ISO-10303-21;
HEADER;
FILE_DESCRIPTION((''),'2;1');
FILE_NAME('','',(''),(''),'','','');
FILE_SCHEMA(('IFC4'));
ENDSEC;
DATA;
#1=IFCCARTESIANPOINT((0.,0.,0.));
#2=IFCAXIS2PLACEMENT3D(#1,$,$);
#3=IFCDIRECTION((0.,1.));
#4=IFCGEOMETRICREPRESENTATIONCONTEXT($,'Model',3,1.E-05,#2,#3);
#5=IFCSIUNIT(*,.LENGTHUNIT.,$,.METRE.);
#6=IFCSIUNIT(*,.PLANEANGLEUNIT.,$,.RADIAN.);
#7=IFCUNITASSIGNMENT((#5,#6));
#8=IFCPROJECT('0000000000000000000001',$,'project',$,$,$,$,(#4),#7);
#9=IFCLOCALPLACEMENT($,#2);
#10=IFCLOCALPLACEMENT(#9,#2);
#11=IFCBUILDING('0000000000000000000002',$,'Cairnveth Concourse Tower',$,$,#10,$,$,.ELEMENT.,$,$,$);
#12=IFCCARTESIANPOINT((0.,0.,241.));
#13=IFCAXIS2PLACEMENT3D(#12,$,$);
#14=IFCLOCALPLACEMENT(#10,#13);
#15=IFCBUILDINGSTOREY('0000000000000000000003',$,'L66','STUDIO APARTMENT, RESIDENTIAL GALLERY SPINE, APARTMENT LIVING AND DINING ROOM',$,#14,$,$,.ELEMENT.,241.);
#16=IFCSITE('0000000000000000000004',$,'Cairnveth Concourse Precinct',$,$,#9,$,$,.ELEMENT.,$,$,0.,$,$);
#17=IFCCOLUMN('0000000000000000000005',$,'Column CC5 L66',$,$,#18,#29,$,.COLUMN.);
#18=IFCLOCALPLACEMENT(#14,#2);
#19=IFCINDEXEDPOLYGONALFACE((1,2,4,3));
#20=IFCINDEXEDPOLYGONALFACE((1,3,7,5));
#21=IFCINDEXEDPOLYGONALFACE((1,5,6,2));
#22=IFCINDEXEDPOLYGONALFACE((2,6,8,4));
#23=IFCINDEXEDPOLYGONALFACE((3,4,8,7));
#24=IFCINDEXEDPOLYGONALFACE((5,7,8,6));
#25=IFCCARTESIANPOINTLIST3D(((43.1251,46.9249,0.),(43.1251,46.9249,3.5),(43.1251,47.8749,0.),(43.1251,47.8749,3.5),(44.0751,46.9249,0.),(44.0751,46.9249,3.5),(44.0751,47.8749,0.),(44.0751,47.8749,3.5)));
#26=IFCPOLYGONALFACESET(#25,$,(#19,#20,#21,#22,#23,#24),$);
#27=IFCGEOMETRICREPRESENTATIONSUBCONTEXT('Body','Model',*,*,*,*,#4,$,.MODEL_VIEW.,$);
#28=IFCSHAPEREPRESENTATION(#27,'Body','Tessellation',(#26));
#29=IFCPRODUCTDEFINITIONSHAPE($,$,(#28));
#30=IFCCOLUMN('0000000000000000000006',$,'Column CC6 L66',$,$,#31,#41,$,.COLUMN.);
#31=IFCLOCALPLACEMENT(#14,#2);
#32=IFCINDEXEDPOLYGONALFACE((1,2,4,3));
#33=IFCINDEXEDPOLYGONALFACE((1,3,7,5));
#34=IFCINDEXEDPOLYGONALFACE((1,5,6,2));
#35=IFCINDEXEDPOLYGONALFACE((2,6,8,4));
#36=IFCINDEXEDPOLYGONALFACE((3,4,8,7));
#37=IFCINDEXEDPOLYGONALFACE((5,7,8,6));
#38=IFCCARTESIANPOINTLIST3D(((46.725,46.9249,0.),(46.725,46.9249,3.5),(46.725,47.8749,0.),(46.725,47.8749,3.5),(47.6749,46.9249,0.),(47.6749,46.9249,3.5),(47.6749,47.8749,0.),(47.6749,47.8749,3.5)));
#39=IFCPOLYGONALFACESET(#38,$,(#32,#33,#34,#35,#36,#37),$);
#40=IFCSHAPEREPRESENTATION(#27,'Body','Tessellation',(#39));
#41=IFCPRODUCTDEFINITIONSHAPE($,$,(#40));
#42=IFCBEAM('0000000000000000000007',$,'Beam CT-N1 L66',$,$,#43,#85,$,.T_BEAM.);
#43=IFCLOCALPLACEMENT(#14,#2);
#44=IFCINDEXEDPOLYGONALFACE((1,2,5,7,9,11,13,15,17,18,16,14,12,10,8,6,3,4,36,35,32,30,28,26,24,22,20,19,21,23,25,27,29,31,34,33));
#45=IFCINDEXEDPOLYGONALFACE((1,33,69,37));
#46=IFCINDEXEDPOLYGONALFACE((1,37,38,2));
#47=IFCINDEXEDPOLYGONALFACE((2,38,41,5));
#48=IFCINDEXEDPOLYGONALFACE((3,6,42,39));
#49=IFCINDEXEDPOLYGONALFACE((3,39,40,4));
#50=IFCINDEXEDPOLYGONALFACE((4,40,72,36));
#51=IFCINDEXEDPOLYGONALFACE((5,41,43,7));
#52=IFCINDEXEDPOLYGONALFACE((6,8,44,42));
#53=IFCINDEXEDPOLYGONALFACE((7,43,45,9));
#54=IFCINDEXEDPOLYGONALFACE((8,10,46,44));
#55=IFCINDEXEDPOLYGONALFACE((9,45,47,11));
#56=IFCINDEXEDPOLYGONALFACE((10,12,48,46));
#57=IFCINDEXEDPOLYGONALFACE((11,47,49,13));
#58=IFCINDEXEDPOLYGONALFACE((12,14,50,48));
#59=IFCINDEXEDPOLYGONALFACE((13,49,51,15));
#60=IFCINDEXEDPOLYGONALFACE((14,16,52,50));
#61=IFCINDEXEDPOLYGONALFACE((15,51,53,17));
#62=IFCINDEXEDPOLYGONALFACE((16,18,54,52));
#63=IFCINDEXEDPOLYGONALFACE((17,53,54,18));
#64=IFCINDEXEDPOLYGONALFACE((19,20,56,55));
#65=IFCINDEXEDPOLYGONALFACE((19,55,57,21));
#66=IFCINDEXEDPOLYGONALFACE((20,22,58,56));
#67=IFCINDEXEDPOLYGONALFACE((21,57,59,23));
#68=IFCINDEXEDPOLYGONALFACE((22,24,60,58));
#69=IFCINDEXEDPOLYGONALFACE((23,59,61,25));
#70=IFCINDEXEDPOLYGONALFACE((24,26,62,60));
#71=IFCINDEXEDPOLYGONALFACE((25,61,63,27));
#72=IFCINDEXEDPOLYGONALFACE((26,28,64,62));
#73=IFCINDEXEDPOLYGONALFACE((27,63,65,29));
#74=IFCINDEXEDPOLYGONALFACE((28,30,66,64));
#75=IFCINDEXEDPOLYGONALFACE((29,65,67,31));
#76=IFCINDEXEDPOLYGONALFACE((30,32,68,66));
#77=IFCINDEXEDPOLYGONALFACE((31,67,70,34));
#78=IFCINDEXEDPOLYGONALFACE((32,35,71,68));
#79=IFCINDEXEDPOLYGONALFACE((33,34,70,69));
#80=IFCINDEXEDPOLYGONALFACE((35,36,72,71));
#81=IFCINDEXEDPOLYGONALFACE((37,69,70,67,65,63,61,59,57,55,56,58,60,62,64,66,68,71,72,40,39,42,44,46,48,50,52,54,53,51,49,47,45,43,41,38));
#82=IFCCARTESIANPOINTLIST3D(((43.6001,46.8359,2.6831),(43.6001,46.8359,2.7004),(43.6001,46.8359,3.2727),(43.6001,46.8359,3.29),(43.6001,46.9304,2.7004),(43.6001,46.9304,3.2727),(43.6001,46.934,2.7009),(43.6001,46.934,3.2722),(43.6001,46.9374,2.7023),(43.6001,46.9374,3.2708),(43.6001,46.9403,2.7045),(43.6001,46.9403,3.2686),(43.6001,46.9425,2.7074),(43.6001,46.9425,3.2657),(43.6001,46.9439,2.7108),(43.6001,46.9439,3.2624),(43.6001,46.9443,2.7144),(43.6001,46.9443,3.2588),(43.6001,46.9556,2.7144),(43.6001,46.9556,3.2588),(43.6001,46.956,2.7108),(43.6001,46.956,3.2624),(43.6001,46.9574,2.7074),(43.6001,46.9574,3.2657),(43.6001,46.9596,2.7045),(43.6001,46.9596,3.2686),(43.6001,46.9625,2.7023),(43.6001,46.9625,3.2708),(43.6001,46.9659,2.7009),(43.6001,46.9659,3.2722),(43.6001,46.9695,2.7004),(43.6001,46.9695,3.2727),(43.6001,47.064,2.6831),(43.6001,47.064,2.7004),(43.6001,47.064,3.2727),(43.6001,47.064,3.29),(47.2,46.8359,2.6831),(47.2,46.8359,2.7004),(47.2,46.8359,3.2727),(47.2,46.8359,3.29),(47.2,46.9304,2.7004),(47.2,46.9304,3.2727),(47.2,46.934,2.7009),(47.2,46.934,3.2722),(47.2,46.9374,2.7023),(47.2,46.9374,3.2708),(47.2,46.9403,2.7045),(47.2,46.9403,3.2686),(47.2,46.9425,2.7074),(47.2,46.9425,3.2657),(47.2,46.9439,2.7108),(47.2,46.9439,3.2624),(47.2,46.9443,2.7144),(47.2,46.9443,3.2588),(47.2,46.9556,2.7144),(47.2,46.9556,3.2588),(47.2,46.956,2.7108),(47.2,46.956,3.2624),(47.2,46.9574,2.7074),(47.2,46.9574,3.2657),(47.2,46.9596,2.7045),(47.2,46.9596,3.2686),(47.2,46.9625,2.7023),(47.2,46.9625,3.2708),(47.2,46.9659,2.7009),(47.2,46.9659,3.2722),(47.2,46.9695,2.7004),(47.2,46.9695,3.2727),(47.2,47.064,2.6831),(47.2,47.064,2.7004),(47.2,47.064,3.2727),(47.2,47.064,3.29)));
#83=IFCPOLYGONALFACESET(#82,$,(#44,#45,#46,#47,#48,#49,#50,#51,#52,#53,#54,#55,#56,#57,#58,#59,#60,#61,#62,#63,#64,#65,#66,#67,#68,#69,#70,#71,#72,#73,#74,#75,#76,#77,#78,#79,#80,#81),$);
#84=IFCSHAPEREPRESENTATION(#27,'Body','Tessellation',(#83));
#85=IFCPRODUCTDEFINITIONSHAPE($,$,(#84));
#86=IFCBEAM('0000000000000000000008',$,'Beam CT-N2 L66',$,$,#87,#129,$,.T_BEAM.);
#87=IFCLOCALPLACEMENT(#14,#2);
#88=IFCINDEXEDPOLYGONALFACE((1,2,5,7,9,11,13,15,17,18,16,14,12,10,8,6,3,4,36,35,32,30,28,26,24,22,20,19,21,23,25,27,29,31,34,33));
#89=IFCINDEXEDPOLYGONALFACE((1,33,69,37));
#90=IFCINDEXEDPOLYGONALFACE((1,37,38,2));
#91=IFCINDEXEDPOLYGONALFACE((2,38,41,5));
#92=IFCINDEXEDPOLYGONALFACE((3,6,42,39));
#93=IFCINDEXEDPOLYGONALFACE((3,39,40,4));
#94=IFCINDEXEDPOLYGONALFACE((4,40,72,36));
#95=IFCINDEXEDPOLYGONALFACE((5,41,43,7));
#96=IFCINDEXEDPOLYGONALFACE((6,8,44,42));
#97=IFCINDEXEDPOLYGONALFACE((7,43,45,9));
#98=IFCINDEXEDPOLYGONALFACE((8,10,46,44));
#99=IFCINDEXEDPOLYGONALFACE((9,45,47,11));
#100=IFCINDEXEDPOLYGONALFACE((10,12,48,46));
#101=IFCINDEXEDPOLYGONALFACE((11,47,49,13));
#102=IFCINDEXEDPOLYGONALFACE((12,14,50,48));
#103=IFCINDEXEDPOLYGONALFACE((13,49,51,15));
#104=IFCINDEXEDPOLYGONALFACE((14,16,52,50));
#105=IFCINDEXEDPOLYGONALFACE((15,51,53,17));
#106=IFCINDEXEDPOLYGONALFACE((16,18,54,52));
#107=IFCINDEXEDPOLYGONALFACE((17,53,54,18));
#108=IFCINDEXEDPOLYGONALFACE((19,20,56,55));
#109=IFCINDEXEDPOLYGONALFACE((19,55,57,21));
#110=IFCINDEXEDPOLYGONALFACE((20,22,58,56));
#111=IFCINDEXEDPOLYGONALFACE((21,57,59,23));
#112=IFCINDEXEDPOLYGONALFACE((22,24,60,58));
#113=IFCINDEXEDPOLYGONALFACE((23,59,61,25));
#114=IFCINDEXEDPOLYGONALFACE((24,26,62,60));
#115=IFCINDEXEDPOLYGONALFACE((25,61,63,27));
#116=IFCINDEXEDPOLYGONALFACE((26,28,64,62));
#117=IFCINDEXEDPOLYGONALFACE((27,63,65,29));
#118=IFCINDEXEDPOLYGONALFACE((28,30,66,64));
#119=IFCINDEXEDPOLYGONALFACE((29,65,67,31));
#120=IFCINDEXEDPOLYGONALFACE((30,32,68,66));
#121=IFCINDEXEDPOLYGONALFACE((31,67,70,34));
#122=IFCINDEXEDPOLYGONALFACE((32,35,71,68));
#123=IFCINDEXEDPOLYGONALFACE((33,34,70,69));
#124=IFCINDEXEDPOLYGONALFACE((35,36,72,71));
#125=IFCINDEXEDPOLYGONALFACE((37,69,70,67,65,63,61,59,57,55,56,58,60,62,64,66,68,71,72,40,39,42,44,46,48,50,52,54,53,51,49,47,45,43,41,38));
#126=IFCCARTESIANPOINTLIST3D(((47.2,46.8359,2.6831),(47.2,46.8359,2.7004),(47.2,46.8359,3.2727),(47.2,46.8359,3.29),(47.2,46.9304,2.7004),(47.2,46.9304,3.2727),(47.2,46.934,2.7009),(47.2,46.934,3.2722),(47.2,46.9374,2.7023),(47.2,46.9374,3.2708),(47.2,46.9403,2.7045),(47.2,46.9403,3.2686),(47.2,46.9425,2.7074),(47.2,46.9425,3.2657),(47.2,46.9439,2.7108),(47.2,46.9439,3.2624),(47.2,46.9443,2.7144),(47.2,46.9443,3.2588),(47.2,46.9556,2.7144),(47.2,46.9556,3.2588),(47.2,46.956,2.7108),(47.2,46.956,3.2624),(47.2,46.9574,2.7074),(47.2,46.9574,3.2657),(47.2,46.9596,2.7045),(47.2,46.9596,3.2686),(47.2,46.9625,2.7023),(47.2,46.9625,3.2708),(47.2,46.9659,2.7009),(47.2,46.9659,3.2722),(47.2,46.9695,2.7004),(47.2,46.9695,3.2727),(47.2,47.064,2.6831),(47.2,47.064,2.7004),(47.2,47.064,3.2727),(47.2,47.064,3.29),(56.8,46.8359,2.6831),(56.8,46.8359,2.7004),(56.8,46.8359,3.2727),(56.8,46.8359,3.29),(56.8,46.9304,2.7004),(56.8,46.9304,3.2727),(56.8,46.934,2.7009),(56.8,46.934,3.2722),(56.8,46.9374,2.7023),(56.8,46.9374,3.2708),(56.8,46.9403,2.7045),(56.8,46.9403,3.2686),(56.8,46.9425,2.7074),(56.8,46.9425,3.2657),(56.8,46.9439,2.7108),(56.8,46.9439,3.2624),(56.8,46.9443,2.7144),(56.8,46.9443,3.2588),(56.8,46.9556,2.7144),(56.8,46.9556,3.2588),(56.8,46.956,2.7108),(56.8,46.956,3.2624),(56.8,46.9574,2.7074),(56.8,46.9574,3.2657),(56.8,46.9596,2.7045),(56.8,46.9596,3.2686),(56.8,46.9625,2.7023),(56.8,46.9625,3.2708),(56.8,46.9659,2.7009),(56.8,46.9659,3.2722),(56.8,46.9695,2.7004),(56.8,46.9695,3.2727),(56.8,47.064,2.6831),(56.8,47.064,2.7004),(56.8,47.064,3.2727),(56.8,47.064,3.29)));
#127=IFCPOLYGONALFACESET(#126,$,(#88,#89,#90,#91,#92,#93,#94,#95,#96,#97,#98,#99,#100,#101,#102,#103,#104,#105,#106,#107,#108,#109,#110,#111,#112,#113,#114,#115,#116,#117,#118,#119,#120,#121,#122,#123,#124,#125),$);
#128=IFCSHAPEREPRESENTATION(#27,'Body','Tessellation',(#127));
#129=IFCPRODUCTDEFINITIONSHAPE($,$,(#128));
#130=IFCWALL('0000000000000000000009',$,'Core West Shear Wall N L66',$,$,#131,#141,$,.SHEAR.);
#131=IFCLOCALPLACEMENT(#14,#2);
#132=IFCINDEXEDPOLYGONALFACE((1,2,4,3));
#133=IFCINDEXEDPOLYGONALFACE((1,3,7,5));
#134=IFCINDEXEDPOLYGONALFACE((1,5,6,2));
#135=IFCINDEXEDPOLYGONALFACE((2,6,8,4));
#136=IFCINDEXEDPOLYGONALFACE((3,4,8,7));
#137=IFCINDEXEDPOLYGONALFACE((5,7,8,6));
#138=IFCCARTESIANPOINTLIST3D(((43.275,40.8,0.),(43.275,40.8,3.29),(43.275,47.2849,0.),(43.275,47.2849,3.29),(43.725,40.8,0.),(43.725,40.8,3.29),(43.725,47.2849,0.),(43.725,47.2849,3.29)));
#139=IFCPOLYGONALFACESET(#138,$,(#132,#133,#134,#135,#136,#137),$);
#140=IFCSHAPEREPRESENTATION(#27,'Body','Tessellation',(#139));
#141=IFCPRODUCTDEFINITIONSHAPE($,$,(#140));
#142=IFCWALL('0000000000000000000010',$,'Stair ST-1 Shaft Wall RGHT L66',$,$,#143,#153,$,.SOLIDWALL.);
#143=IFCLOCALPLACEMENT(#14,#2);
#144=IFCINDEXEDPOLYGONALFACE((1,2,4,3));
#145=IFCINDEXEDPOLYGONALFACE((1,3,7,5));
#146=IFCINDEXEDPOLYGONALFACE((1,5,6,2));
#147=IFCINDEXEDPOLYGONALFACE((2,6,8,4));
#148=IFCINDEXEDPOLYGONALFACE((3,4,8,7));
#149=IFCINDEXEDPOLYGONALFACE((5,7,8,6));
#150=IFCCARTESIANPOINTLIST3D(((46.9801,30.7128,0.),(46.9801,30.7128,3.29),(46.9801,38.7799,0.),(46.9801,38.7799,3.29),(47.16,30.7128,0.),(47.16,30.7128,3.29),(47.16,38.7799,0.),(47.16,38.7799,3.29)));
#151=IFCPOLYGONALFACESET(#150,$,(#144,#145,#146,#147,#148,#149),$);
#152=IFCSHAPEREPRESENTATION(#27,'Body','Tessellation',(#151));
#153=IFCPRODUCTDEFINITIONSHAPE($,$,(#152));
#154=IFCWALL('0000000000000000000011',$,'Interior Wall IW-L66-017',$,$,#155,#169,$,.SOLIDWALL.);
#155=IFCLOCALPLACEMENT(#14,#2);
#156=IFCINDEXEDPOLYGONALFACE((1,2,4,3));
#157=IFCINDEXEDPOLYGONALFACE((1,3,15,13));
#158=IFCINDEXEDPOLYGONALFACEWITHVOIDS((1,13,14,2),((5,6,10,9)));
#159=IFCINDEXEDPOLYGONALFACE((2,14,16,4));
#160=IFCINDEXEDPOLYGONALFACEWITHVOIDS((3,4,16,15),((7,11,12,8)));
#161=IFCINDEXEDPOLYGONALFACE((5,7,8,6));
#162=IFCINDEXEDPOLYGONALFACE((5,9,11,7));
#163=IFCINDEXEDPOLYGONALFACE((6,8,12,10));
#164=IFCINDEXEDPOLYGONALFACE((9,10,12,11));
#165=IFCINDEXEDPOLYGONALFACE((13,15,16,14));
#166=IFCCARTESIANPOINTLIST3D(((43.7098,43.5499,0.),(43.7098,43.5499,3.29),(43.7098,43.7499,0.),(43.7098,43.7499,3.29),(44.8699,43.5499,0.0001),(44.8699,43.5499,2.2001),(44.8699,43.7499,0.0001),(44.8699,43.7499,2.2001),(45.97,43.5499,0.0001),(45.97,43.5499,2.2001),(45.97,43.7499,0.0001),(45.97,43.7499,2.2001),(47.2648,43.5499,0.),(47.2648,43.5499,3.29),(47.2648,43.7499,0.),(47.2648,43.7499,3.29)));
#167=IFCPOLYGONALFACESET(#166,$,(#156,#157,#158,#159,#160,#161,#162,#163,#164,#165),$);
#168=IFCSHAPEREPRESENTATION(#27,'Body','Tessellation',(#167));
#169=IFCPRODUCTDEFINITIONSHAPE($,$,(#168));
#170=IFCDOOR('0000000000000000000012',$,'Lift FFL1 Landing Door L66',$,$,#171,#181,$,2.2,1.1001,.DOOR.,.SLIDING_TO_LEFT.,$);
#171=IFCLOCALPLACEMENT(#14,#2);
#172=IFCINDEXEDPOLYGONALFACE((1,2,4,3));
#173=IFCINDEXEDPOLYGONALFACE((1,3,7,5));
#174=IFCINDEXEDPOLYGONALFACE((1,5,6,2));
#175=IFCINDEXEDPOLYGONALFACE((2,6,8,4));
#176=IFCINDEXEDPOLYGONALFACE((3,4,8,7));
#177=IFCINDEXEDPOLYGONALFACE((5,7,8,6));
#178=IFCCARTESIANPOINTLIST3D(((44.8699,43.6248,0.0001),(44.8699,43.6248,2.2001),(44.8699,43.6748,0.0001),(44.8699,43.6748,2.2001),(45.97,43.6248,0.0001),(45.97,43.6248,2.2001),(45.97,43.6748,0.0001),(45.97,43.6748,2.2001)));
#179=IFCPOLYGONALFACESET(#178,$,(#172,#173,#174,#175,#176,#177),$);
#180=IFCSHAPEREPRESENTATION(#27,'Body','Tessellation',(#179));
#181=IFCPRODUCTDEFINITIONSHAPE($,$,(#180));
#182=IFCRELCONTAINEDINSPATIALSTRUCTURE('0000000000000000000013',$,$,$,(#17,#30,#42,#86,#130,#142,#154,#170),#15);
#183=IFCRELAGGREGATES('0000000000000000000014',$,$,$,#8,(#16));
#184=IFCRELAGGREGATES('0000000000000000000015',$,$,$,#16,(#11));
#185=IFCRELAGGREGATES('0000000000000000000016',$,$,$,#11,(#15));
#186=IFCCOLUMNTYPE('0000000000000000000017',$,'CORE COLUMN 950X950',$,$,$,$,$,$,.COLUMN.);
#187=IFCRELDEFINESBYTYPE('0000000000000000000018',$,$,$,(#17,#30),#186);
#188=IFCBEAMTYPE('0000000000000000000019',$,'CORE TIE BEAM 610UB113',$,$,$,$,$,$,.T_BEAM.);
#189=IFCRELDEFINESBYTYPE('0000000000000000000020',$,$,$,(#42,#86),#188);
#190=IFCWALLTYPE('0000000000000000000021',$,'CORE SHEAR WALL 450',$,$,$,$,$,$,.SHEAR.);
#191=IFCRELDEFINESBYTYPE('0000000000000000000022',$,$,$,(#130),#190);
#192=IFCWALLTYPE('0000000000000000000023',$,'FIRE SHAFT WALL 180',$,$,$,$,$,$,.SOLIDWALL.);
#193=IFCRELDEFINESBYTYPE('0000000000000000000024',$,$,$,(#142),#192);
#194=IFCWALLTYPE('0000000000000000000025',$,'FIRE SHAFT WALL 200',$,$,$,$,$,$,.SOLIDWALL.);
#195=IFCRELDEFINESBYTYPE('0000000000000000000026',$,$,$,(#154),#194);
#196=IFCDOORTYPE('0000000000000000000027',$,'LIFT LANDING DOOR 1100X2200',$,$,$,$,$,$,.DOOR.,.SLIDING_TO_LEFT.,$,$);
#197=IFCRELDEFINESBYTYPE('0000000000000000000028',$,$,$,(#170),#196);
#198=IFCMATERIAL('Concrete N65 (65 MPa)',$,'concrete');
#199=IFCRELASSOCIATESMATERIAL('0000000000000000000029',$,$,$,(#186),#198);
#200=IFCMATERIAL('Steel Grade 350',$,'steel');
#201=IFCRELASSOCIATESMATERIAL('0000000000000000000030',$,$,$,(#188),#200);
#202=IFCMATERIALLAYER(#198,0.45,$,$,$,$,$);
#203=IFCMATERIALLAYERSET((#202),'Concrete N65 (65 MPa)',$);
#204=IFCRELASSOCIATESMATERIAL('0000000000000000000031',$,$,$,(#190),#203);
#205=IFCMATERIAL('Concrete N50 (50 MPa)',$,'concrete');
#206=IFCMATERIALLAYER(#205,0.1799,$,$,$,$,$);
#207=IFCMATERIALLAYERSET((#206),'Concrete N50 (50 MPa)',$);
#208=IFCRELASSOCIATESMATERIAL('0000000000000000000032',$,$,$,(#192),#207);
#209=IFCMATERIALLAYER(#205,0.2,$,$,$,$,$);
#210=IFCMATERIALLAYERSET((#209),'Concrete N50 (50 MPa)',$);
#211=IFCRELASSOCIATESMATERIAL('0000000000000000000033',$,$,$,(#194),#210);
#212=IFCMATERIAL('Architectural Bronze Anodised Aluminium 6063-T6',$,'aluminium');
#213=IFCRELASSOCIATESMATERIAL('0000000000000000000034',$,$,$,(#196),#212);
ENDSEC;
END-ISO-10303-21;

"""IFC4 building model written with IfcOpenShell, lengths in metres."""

from ifc_helpers import new_model, si_unit, direction, frame, frame_2d, origin, origin_2d, place, context, subcontext, project, spatial, rectangle, i_section, extrude, material, layer, layer_set, material_profile, profile_set, type_object, element, fill, save


model = new_model("IFC4")

# Units and contexts
model_context = context("Model", 3, precision=1e-05, world=origin(), true_north=direction((0.0, 1.0)))
body_context = subcontext(model_context, "Body", "Model", "MODEL_VIEW")
ifc_project = project(units=[si_unit("LENGTHUNIT", "METRE"), si_unit("PLANEANGLEUNIT", "RADIAN")], contexts=[model_context])

# Site, building, storey
site_placement = place(None, origin())
site = spatial("IfcSite", under=ifc_project, at=site_placement, Name="Cairnveth Concourse Precinct", CompositionType="ELEMENT", RefElevation=0.0)
building_placement = place(site_placement, origin())
building = spatial("IfcBuilding", under=site, at=building_placement, Name="Cairnveth Concourse Tower", CompositionType="ELEMENT")
storey_placement = place(building_placement, frame((0.0, 0.0, 241.0)))
storey = spatial("IfcBuildingStorey", under=building, at=storey_placement, Name="L66", Description="STUDIO APARTMENT, RESIDENTIAL GALLERY SPINE, APARTMENT LIVING AND DINING ROOM", CompositionType="ELEMENT", Elevation=241.0)

# Columns
ifc_material_1 = material(Name="Concrete N65 (65 MPa)", Category="concrete")
ifc_material_profile_1 = material_profile(ifc_material_1, rectangle(XDim=0.95, YDim=0.95, at=origin_2d()), Name="RC-COL-950x950")
ifc_profile_set_1 = profile_set([ifc_material_profile_1], Name="Concrete N65 (65 MPa)")
column_type = type_object("IfcColumnType", Name="CORE COLUMN 950X950", PredefinedType="COLUMN", material=ifc_profile_set_1)
for number, where, z_axis, x_axis, name in (
    (1, (43.6001, 47.3999, 0.0), (0.0, 0.0, 1.0), (1.0, 0.0, 0.0), "Column CC5 L66"),
    (2, (47.2, 47.3999, 0.0), (0.0, 0.0, 1.0), (1.0, 0.0, 0.0), "Column CC6 L66"),
):
    element("IfcColumn", number, at=place(storey_placement, frame(where, z_axis=z_axis, x_axis=x_axis)), inside=storey, type_object=column_type, Name=name, PredefinedType="COLUMN", context=body_context, shape_type="SweptSolid", body=[
        extrude(rectangle(XDim=0.95, YDim=0.95, at=origin_2d()), origin(), (0.0, 0.0, 1.0), 3.5),
    ])

# Beams
ifc_material_2 = material(Name="Steel Grade 350", Category="steel")
ifc_material_profile_2 = material_profile(ifc_material_2, i_section(OverallWidth=0.228, OverallDepth=0.6069, WebThickness=0.0112, FlangeThickness=0.0173, FilletRadius=0.0139, at=origin_2d()), Name="610UB113")
ifc_profile_set_2 = profile_set([ifc_material_profile_2], Name="Steel Grade 350")
beam_type = type_object("IfcBeamType", Name="CORE TIE BEAM 610UB113", PredefinedType="T_BEAM", material=ifc_profile_set_2)
beam_1_placement = place(storey_placement, frame((43.6001, 46.95, 2.9866), z_axis=(1.0, 0.0, 0.0), x_axis=(0.0, 1.0, 0.0)))
element("IfcBeam", 3, at=beam_1_placement, inside=storey, type_object=beam_type, Name="Beam CT-N1 L66", PredefinedType="T_BEAM", context=body_context, shape_type="SweptSolid", body=[
    extrude(i_section(OverallWidth=0.228, OverallDepth=0.6069, WebThickness=0.0112, FlangeThickness=0.0173, FilletRadius=0.0139, at=origin_2d()), origin(), (0.0, 0.0, 1.0), 3.5999),
])
beam_2_placement = place(storey_placement, frame((47.2, 46.95, 2.9866), z_axis=(1.0, 0.0, 0.0), x_axis=(0.0, 1.0, 0.0)))
element("IfcBeam", 4, at=beam_2_placement, inside=storey, type_object=beam_type, Name="Beam CT-N2 L66", PredefinedType="T_BEAM", context=body_context, shape_type="SweptSolid", body=[
    extrude(i_section(OverallWidth=0.228, OverallDepth=0.6069, WebThickness=0.0112, FlangeThickness=0.0173, FilletRadius=0.0139, at=origin_2d()), origin(), (0.0, 0.0, 1.0), 9.6001),
])

# Wall
ifc_layer_1 = layer(ifc_material_1, 0.45)
ifc_layer_set_1 = layer_set([ifc_layer_1], Name="Concrete N65 (65 MPa)")
wall_type_1 = type_object("IfcWallType", Name="CORE SHEAR WALL 450", PredefinedType="SHEAR", material=ifc_layer_set_1)
wall_1_placement = place(storey_placement, frame((43.5, 40.8, 0.0), z_axis=(0.0, 0.0, 1.0), x_axis=(0.0, 1.0, 0.0)))
element("IfcWall", 5, at=wall_1_placement, inside=storey, type_object=wall_type_1, Name="Core West Shear Wall N L66", PredefinedType="SHEAR", context=body_context, shape_type="SweptSolid", body=[
    extrude(rectangle(XDim=6.4849, YDim=0.45, at=frame_2d((3.2424, 0.0))), origin(), (0.0, 0.0, 1.0), 3.29),
])

# Shared definitions
ifc_material_3 = material(Name="Concrete N50 (50 MPa)", Category="concrete")
ifc_layer_2 = layer(ifc_material_3, 0.1799)
ifc_layer_set_2 = layer_set([ifc_layer_2], Name="Concrete N50 (50 MPa)")
wall_type_2 = type_object("IfcWallType", Name="FIRE SHAFT WALL 180", PredefinedType="SOLIDWALL", material=ifc_layer_set_2)

# Wall
wall_2_placement = place(storey_placement, frame((47.0701, 38.78, 0.0), z_axis=(0.0, 0.0, 1.0), x_axis=(0.0, -1.0, 0.0)))
element("IfcWall", 6, at=wall_2_placement, inside=storey, type_object=wall_type_2, Name="Stair ST-1 Shaft Wall RGHT L66", PredefinedType="SOLIDWALL", context=body_context, shape_type="SweptSolid", body=[
    extrude(rectangle(XDim=8.0671, YDim=0.1799, at=frame_2d((4.0337, 0.0))), origin(), (0.0, 0.0, 1.0), 3.29),
])

# Wall, opening, door
ifc_layer_3 = layer(ifc_material_3, 0.2)
ifc_layer_set_3 = layer_set([ifc_layer_3], Name="Concrete N50 (50 MPa)")
wall_type_3 = type_object("IfcWallType", Name="FIRE SHAFT WALL 200", PredefinedType="SOLIDWALL", material=ifc_layer_set_3)
wall_3_placement = place(storey_placement, frame((43.71, 43.6499, 0.0), z_axis=(0.0, 0.0, 1.0), x_axis=(1.0, 0.0, 0.0)))
wall_3 = element("IfcWall", 7, at=wall_3_placement, inside=storey, type_object=wall_type_3, Name="Interior Wall IW-L66-017", PredefinedType="SOLIDWALL", context=body_context, shape_type="SweptSolid", body=[
    extrude(rectangle(XDim=3.5549, YDim=0.2, at=frame_2d((1.7773, 0.0))), origin(), (0.0, 0.0, 1.0), 3.29),
])
opening_1_placement = place(wall_3_placement, frame((1.1599, 0.0, 0.0)))
opening_1 = element("IfcOpeningElement", 8, at=opening_1_placement, cuts=wall_3, PredefinedType="OPENING", context=body_context, shape_type="SweptSolid", body=[
    extrude(rectangle(XDim=1.1001, YDim=2.2, at=frame_2d((0.55, 1.1001))), frame((0.0, 0.1099, 0.0), z_axis=(0.0, -1.0, 0.0), x_axis=(1.0, 0.0, 0.0)), (0.0, 0.0, 1.0), 0.22),
])
ifc_material_4 = material(Name="Architectural Bronze Anodised Aluminium 6063-T6", Category="aluminium")
door_type_1 = type_object("IfcDoorType", Name="LIFT LANDING DOOR 1100X2200", OperationType="SLIDING_TO_LEFT", PredefinedType="DOOR", material=ifc_material_4)
door_1_placement = place(opening_1_placement, origin())
door_1 = element("IfcDoor", 9, at=door_1_placement, inside=storey, type_object=door_type_1, Name="Lift FFL1 Landing Door L66", OperationType="SLIDING_TO_LEFT", OverallHeight=2.2, OverallWidth=1.1001, PredefinedType="DOOR", context=body_context, shape_type="SweptSolid", body=[
    extrude(rectangle(XDim=1.1001, YDim=2.2, at=frame_2d((0.55, 1.1001))), frame((0.0, 0.0249, 0.0), z_axis=(0.0, -1.0, 0.0), x_axis=(1.0, 0.0, 0.0)), (0.0, 0.0, 1.0), 0.05),
])
fill(opening_1, door_1)

save(model, "model.ifc")
